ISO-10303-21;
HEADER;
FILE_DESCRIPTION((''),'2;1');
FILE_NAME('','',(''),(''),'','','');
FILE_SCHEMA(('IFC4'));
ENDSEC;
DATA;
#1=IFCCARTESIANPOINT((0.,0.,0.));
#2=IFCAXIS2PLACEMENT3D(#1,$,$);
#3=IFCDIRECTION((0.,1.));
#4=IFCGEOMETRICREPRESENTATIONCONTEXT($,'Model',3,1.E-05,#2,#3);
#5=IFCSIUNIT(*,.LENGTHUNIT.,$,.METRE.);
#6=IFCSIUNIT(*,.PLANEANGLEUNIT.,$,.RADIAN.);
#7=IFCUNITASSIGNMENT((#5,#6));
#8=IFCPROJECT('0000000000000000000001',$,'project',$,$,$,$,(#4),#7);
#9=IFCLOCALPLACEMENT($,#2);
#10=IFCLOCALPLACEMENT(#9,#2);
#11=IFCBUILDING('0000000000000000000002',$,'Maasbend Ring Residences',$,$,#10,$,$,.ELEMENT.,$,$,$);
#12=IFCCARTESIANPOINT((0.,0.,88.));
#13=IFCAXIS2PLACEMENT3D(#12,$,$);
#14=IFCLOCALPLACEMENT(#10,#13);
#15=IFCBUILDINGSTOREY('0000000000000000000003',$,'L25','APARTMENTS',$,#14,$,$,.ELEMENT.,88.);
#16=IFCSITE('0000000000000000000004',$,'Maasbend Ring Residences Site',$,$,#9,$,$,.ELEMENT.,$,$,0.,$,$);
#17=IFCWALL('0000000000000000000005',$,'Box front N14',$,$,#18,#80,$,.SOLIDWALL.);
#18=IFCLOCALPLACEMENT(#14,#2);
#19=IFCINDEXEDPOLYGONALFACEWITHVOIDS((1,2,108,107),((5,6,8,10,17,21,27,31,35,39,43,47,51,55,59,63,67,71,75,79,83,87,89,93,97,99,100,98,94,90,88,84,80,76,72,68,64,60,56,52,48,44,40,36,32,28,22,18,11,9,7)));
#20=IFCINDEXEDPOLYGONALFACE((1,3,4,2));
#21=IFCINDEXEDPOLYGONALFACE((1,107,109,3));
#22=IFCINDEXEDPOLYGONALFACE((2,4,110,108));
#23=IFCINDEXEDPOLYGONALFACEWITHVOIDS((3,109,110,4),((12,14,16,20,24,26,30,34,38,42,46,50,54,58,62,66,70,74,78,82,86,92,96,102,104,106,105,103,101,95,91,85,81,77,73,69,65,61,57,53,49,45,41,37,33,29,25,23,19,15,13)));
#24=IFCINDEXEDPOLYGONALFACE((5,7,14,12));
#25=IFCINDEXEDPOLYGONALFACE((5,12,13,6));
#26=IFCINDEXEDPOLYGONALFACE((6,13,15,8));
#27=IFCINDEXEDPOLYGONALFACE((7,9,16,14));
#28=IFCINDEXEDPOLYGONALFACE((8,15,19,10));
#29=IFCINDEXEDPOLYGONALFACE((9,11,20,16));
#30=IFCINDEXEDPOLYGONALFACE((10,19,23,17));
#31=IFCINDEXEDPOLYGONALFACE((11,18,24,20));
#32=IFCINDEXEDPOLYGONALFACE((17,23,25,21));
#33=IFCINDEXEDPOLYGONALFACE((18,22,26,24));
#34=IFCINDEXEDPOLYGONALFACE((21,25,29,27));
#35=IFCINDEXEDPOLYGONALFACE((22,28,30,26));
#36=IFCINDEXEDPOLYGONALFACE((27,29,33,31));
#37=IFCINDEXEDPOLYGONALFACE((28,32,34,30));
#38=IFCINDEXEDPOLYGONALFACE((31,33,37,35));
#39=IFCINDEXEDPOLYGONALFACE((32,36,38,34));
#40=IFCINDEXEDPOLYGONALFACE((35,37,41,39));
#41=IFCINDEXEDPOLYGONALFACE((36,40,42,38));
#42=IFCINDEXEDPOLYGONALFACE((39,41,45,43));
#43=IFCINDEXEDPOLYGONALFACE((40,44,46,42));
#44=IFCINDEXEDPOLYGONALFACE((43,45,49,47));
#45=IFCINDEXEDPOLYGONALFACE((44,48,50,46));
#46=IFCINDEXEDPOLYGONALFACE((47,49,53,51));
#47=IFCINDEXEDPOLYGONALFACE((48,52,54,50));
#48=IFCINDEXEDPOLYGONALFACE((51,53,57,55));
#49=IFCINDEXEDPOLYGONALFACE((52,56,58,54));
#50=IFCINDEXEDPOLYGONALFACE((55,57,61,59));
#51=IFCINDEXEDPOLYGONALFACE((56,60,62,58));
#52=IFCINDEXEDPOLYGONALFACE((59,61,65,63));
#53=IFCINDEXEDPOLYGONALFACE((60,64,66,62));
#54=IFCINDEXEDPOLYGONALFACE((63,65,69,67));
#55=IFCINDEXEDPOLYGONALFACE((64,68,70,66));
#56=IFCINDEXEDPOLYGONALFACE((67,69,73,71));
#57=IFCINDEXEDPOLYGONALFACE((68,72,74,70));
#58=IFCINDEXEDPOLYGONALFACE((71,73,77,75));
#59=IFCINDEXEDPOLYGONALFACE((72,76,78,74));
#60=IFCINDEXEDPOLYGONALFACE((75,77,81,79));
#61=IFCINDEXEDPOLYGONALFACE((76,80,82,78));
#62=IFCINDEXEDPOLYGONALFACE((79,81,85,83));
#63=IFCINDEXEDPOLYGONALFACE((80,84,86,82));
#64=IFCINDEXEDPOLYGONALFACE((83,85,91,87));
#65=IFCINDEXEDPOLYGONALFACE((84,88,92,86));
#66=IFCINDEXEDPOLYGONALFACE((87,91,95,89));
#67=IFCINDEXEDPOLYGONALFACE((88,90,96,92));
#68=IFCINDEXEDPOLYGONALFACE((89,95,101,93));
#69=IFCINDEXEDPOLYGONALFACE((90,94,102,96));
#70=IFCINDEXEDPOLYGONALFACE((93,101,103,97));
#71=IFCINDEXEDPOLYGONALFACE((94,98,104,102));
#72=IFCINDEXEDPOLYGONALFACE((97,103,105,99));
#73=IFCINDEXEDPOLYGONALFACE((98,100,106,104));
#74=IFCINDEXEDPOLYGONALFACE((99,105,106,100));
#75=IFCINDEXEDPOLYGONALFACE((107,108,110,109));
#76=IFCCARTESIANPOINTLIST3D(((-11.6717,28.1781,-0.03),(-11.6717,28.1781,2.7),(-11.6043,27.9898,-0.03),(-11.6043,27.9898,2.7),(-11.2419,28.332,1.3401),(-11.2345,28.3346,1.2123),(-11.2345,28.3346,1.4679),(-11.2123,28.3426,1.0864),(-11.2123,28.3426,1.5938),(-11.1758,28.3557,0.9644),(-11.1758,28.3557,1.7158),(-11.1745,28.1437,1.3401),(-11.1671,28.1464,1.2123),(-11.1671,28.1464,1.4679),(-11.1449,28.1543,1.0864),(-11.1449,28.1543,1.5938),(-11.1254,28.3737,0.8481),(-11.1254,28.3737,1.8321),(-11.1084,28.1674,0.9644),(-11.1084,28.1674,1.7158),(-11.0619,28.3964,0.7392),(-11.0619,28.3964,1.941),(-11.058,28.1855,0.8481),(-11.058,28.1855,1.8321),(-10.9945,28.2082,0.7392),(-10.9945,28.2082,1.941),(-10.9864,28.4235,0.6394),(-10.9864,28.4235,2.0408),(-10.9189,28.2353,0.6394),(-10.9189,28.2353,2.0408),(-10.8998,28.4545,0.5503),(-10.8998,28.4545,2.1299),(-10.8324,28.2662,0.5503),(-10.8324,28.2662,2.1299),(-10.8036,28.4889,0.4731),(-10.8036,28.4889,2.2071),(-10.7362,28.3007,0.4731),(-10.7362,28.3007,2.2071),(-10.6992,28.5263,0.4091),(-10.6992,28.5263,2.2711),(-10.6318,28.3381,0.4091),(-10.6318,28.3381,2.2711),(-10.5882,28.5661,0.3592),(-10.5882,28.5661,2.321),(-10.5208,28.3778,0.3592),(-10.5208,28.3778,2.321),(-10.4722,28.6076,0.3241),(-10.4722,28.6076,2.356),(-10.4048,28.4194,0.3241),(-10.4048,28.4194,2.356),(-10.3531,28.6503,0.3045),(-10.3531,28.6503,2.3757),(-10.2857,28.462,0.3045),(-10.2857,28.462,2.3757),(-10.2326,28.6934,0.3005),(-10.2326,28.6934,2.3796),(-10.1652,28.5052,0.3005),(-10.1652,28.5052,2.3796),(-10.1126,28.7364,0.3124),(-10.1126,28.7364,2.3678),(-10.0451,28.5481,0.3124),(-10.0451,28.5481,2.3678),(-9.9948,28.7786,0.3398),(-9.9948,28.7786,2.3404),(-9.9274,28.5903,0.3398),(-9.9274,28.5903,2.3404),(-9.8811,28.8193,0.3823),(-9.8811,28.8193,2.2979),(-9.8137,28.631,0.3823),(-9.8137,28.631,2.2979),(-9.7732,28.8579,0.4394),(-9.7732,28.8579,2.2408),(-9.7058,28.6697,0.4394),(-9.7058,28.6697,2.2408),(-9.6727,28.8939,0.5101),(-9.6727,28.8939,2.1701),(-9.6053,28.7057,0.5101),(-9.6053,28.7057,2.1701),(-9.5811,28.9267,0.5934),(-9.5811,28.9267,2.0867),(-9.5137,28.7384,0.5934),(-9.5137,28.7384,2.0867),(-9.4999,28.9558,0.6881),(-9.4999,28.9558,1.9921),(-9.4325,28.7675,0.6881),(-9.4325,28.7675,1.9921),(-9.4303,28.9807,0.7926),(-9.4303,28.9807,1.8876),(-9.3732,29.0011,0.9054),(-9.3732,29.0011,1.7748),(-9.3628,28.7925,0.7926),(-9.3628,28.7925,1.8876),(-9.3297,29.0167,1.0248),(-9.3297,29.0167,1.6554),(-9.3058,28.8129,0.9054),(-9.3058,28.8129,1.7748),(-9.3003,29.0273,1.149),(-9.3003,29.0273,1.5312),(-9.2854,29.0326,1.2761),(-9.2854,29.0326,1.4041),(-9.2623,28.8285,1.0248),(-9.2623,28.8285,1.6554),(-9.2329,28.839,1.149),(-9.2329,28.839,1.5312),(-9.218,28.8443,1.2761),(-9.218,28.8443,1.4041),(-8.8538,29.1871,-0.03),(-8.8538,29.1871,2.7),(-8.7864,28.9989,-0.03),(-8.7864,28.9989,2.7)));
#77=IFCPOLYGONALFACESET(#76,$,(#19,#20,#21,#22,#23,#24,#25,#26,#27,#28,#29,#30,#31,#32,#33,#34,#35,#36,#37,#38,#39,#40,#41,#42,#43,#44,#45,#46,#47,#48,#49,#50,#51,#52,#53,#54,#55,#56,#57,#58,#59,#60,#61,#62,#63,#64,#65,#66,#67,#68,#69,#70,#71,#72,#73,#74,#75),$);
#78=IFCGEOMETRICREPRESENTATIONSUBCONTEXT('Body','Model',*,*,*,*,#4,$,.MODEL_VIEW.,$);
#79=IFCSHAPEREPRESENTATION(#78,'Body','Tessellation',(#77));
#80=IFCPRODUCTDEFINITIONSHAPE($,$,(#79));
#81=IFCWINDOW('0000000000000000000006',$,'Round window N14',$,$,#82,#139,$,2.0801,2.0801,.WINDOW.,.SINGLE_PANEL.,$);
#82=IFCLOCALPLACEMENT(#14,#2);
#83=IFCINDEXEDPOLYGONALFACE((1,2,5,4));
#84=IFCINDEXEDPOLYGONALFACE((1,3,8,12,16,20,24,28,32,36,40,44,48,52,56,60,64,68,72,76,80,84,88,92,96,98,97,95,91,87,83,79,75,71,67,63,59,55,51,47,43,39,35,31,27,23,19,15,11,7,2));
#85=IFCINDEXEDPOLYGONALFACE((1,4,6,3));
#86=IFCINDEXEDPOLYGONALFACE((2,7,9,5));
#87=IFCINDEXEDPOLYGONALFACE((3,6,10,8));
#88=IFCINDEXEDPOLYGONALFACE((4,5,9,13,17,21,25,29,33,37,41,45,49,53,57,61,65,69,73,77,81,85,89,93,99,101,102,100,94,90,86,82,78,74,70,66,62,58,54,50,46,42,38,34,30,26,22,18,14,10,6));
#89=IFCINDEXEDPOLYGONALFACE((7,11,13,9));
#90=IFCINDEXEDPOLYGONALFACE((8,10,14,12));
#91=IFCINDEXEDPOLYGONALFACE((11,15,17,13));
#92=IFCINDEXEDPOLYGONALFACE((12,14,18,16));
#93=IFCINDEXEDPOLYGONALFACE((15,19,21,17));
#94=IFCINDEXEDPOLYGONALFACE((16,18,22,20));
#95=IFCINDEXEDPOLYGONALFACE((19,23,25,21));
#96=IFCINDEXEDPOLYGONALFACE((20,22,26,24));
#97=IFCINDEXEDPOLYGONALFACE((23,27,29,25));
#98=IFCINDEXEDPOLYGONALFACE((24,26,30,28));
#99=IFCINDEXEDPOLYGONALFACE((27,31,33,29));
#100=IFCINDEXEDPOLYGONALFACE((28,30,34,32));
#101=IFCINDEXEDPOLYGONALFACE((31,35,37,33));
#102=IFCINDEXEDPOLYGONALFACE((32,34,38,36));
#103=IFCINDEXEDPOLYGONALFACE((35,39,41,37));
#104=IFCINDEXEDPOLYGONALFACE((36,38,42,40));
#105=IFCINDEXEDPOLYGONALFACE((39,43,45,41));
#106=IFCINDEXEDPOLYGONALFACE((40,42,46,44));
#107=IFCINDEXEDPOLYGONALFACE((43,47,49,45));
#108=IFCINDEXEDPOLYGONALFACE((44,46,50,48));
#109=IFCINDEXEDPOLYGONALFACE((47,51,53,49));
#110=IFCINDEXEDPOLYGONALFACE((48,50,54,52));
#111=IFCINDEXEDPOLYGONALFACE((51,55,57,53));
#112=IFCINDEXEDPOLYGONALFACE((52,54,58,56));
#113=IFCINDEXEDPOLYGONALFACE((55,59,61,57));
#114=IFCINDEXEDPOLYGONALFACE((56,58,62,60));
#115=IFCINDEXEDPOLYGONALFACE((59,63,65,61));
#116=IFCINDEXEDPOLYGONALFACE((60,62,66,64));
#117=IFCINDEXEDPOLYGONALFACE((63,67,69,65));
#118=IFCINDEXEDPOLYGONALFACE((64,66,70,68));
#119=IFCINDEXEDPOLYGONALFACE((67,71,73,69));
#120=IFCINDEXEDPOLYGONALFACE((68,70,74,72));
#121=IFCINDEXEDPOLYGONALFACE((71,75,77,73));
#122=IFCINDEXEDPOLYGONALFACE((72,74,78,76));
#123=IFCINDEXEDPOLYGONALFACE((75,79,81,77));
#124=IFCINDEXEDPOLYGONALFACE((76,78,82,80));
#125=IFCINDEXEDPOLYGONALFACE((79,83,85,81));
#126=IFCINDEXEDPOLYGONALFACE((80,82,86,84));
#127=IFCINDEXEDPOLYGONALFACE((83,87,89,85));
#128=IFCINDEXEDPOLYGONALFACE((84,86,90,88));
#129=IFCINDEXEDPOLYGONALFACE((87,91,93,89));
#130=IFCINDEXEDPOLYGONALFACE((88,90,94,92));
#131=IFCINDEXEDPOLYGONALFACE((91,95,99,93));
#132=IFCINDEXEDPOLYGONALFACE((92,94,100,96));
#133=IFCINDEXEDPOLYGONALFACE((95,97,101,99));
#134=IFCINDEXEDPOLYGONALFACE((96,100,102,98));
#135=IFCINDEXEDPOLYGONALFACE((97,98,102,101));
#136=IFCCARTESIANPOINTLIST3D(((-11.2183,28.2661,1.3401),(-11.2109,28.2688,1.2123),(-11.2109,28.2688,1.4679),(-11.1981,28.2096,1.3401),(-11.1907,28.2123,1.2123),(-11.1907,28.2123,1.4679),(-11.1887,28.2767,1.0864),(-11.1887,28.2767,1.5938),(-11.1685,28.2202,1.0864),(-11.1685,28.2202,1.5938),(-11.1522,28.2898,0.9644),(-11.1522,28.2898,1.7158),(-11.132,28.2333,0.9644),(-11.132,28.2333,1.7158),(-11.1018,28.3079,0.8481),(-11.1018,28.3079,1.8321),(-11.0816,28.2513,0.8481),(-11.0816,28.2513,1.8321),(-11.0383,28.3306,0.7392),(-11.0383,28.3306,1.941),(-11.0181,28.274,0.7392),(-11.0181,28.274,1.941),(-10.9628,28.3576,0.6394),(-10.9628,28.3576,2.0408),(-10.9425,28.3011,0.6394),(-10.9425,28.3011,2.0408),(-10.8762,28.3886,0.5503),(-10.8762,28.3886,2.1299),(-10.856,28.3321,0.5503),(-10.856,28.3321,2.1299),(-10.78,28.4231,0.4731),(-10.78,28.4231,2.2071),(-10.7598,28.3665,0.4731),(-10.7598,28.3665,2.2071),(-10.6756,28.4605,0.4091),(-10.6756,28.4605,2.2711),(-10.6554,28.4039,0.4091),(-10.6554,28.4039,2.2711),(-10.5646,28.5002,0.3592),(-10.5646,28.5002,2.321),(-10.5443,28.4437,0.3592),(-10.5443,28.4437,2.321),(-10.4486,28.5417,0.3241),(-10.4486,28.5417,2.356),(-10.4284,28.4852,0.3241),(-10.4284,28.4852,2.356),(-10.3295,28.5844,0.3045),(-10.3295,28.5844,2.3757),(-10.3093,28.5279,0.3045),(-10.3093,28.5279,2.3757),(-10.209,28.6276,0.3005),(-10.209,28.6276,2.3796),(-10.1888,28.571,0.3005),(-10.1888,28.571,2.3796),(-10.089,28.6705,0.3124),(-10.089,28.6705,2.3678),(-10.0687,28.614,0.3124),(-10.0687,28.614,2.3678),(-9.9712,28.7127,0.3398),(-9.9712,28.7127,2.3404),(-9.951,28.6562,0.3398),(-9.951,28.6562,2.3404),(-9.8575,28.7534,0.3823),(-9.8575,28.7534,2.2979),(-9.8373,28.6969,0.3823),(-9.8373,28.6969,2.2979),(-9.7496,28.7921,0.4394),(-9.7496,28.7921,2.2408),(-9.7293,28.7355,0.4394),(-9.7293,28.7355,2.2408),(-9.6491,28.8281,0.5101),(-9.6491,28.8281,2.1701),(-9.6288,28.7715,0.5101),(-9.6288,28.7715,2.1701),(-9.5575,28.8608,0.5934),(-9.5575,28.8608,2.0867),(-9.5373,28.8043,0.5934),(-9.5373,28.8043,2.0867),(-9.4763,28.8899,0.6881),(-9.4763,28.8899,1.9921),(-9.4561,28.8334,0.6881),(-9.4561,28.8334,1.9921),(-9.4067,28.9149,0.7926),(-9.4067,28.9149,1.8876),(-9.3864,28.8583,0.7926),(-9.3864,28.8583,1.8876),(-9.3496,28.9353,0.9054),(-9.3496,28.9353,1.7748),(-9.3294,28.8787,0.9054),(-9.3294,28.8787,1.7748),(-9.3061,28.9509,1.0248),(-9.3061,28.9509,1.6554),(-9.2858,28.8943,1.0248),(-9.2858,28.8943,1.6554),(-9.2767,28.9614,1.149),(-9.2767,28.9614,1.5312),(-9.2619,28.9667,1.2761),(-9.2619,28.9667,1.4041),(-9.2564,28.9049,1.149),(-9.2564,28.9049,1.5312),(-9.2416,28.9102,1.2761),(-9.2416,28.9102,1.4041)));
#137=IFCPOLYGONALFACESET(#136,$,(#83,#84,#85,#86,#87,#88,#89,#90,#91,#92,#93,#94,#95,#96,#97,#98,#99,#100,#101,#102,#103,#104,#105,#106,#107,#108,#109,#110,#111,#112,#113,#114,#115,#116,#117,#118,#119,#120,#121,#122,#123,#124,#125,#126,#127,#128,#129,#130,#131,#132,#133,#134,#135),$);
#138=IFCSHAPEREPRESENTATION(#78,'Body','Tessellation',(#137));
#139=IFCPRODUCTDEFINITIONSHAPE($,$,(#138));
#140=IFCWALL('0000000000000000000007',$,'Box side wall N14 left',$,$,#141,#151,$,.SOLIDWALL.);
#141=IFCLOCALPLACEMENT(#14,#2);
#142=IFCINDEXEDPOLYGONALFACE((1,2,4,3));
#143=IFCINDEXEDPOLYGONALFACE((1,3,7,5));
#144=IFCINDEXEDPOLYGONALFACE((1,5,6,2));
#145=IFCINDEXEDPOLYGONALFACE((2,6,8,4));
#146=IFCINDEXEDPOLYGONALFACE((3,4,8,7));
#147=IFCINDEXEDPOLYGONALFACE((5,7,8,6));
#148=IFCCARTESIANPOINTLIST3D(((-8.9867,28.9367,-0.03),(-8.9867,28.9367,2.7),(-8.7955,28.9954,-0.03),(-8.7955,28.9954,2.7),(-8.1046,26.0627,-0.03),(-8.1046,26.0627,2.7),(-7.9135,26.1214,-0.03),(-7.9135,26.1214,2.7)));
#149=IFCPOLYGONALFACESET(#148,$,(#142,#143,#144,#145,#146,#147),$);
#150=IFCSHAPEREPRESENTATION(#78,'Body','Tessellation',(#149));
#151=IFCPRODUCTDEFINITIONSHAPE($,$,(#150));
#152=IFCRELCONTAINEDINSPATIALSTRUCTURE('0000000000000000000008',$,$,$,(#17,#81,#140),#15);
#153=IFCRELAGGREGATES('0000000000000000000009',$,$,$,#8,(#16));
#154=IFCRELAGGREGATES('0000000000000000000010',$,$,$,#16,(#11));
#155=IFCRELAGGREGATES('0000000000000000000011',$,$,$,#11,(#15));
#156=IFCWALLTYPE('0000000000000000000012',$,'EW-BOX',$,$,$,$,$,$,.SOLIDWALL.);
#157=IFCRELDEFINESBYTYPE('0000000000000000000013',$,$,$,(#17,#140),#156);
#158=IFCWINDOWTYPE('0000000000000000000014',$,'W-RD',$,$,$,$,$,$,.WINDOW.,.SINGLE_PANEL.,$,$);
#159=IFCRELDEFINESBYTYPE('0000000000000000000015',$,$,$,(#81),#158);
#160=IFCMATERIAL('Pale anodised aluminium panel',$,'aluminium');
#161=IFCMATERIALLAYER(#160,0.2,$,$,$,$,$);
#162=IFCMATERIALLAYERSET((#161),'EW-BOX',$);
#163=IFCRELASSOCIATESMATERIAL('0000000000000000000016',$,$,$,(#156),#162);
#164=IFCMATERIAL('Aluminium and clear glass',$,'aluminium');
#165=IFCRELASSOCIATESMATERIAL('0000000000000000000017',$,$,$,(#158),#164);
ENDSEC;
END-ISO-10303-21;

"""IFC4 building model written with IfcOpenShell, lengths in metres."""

from ifc_helpers import new_model, si_unit, direction, frame, frame_2d, origin, place, context, subcontext, project, spatial, rectangle, circle, extrude, material, layer, layer_set, type_object, element, fill, save


model = new_model("IFC4")

# Units and contexts
model_context = context("Model", 3, precision=1e-05, world=origin(), true_north=direction((0.0, 1.0)))
body_context = subcontext(model_context, "Body", "Model", "MODEL_VIEW")
ifc_project = project(units=[si_unit("LENGTHUNIT", "METRE"), si_unit("PLANEANGLEUNIT", "RADIAN")], contexts=[model_context])

# Site, building, storey
site_placement = place(None, origin())
site = spatial("IfcSite", under=ifc_project, at=site_placement, Name="Maasbend Ring Residences Site", CompositionType="ELEMENT", RefElevation=0.0)
building_placement = place(site_placement, origin())
building = spatial("IfcBuilding", under=site, at=building_placement, Name="Maasbend Ring Residences", CompositionType="ELEMENT")
storey_placement = place(building_placement, frame((0.0, 0.0, 88.0)))
storey = spatial("IfcBuildingStorey", under=building, at=storey_placement, Name="L25", Description="APARTMENTS", CompositionType="ELEMENT", Elevation=88.0)

# Shared definitions
ifc_material_1 = material(Name="Pale anodised aluminium panel", Category="aluminium")
ifc_layer_1 = layer(ifc_material_1, 0.2)
ifc_layer_set_1 = layer_set([ifc_layer_1], Name="EW-BOX")
wall_type_1 = type_object("IfcWallType", Name="EW-BOX", PredefinedType="SOLIDWALL", material=ifc_layer_set_1)
ifc_material_2 = material(Name="Aluminium and clear glass", Category="aluminium")
window_type_1 = type_object("IfcWindowType", Name="W-RD", PartitioningType="SINGLE_PANEL", PredefinedType="WINDOW", material=ifc_material_2)

# Wall, opening, window
wall_1_placement = place(storey_placement, frame((-8.8201, 29.093, -0.03), z_axis=(0.0, 0.0, 1.0), x_axis=(-0.941461, -0.337122, 0.0)))
wall_1 = element("IfcWall", 1, at=wall_1_placement, inside=storey, type_object=wall_type_1, Name="Box front N14", PredefinedType="SOLIDWALL", context=body_context, shape_type="SweptSolid", body=[
    extrude(rectangle(XDim=2.9932, YDim=0.2, at=frame_2d((1.4966, 0.0))), origin(), (0.0, 0.0, 1.0), 2.73),
])
opening_1_placement = place(wall_1_placement, frame((0.4565, 0.0, 0.3301)))
opening_1 = element("IfcOpeningElement", 2, at=opening_1_placement, cuts=wall_1, PredefinedType="OPENING", context=body_context, shape_type="SweptSolid", body=[
    extrude(circle(Radius=1.04, at=frame_2d((1.04, 1.04))), frame((0.0, 0.1099, 0.0), z_axis=(0.0, -1.0, 0.0), x_axis=(1.0, 0.0, 0.0)), (0.0, 0.0, 1.0), 0.22),
])
window_1_placement = place(opening_1_placement, origin())
window_1 = element("IfcWindow", 3, at=window_1_placement, inside=storey, type_object=window_type_1, Name="Round window N14", OverallHeight=2.0801, OverallWidth=2.0801, PartitioningType="SINGLE_PANEL", PredefinedType="WINDOW", context=body_context, shape_type="SweptSolid", body=[
    extrude(circle(Radius=1.04, at=frame_2d((1.04, 1.04))), frame((0.0, 0.03, 0.0), z_axis=(0.0, -1.0, 0.0), x_axis=(1.0, 0.0, 0.0)), (0.0, 0.0, 1.0), 0.0601),
])
fill(opening_1, window_1)

# Wall
wall_2_placement = place(storey_placement, frame((-8.009, 26.092, -0.03), z_axis=(0.0, 0.0, 1.0), x_axis=(-0.293407, 0.955988, 0.0)))
element("IfcWall", 4, at=wall_2_placement, inside=storey, type_object=wall_type_1, Name="Box side wall N14 left", PredefinedType="SOLIDWALL", context=body_context, shape_type="SweptSolid", body=[
    extrude(rectangle(XDim=3.0063, YDim=0.2, at=frame_2d((1.5032, 0.0))), origin(), (0.0, 0.0, 1.0), 2.73),
])

save(model, "model.ifc")
